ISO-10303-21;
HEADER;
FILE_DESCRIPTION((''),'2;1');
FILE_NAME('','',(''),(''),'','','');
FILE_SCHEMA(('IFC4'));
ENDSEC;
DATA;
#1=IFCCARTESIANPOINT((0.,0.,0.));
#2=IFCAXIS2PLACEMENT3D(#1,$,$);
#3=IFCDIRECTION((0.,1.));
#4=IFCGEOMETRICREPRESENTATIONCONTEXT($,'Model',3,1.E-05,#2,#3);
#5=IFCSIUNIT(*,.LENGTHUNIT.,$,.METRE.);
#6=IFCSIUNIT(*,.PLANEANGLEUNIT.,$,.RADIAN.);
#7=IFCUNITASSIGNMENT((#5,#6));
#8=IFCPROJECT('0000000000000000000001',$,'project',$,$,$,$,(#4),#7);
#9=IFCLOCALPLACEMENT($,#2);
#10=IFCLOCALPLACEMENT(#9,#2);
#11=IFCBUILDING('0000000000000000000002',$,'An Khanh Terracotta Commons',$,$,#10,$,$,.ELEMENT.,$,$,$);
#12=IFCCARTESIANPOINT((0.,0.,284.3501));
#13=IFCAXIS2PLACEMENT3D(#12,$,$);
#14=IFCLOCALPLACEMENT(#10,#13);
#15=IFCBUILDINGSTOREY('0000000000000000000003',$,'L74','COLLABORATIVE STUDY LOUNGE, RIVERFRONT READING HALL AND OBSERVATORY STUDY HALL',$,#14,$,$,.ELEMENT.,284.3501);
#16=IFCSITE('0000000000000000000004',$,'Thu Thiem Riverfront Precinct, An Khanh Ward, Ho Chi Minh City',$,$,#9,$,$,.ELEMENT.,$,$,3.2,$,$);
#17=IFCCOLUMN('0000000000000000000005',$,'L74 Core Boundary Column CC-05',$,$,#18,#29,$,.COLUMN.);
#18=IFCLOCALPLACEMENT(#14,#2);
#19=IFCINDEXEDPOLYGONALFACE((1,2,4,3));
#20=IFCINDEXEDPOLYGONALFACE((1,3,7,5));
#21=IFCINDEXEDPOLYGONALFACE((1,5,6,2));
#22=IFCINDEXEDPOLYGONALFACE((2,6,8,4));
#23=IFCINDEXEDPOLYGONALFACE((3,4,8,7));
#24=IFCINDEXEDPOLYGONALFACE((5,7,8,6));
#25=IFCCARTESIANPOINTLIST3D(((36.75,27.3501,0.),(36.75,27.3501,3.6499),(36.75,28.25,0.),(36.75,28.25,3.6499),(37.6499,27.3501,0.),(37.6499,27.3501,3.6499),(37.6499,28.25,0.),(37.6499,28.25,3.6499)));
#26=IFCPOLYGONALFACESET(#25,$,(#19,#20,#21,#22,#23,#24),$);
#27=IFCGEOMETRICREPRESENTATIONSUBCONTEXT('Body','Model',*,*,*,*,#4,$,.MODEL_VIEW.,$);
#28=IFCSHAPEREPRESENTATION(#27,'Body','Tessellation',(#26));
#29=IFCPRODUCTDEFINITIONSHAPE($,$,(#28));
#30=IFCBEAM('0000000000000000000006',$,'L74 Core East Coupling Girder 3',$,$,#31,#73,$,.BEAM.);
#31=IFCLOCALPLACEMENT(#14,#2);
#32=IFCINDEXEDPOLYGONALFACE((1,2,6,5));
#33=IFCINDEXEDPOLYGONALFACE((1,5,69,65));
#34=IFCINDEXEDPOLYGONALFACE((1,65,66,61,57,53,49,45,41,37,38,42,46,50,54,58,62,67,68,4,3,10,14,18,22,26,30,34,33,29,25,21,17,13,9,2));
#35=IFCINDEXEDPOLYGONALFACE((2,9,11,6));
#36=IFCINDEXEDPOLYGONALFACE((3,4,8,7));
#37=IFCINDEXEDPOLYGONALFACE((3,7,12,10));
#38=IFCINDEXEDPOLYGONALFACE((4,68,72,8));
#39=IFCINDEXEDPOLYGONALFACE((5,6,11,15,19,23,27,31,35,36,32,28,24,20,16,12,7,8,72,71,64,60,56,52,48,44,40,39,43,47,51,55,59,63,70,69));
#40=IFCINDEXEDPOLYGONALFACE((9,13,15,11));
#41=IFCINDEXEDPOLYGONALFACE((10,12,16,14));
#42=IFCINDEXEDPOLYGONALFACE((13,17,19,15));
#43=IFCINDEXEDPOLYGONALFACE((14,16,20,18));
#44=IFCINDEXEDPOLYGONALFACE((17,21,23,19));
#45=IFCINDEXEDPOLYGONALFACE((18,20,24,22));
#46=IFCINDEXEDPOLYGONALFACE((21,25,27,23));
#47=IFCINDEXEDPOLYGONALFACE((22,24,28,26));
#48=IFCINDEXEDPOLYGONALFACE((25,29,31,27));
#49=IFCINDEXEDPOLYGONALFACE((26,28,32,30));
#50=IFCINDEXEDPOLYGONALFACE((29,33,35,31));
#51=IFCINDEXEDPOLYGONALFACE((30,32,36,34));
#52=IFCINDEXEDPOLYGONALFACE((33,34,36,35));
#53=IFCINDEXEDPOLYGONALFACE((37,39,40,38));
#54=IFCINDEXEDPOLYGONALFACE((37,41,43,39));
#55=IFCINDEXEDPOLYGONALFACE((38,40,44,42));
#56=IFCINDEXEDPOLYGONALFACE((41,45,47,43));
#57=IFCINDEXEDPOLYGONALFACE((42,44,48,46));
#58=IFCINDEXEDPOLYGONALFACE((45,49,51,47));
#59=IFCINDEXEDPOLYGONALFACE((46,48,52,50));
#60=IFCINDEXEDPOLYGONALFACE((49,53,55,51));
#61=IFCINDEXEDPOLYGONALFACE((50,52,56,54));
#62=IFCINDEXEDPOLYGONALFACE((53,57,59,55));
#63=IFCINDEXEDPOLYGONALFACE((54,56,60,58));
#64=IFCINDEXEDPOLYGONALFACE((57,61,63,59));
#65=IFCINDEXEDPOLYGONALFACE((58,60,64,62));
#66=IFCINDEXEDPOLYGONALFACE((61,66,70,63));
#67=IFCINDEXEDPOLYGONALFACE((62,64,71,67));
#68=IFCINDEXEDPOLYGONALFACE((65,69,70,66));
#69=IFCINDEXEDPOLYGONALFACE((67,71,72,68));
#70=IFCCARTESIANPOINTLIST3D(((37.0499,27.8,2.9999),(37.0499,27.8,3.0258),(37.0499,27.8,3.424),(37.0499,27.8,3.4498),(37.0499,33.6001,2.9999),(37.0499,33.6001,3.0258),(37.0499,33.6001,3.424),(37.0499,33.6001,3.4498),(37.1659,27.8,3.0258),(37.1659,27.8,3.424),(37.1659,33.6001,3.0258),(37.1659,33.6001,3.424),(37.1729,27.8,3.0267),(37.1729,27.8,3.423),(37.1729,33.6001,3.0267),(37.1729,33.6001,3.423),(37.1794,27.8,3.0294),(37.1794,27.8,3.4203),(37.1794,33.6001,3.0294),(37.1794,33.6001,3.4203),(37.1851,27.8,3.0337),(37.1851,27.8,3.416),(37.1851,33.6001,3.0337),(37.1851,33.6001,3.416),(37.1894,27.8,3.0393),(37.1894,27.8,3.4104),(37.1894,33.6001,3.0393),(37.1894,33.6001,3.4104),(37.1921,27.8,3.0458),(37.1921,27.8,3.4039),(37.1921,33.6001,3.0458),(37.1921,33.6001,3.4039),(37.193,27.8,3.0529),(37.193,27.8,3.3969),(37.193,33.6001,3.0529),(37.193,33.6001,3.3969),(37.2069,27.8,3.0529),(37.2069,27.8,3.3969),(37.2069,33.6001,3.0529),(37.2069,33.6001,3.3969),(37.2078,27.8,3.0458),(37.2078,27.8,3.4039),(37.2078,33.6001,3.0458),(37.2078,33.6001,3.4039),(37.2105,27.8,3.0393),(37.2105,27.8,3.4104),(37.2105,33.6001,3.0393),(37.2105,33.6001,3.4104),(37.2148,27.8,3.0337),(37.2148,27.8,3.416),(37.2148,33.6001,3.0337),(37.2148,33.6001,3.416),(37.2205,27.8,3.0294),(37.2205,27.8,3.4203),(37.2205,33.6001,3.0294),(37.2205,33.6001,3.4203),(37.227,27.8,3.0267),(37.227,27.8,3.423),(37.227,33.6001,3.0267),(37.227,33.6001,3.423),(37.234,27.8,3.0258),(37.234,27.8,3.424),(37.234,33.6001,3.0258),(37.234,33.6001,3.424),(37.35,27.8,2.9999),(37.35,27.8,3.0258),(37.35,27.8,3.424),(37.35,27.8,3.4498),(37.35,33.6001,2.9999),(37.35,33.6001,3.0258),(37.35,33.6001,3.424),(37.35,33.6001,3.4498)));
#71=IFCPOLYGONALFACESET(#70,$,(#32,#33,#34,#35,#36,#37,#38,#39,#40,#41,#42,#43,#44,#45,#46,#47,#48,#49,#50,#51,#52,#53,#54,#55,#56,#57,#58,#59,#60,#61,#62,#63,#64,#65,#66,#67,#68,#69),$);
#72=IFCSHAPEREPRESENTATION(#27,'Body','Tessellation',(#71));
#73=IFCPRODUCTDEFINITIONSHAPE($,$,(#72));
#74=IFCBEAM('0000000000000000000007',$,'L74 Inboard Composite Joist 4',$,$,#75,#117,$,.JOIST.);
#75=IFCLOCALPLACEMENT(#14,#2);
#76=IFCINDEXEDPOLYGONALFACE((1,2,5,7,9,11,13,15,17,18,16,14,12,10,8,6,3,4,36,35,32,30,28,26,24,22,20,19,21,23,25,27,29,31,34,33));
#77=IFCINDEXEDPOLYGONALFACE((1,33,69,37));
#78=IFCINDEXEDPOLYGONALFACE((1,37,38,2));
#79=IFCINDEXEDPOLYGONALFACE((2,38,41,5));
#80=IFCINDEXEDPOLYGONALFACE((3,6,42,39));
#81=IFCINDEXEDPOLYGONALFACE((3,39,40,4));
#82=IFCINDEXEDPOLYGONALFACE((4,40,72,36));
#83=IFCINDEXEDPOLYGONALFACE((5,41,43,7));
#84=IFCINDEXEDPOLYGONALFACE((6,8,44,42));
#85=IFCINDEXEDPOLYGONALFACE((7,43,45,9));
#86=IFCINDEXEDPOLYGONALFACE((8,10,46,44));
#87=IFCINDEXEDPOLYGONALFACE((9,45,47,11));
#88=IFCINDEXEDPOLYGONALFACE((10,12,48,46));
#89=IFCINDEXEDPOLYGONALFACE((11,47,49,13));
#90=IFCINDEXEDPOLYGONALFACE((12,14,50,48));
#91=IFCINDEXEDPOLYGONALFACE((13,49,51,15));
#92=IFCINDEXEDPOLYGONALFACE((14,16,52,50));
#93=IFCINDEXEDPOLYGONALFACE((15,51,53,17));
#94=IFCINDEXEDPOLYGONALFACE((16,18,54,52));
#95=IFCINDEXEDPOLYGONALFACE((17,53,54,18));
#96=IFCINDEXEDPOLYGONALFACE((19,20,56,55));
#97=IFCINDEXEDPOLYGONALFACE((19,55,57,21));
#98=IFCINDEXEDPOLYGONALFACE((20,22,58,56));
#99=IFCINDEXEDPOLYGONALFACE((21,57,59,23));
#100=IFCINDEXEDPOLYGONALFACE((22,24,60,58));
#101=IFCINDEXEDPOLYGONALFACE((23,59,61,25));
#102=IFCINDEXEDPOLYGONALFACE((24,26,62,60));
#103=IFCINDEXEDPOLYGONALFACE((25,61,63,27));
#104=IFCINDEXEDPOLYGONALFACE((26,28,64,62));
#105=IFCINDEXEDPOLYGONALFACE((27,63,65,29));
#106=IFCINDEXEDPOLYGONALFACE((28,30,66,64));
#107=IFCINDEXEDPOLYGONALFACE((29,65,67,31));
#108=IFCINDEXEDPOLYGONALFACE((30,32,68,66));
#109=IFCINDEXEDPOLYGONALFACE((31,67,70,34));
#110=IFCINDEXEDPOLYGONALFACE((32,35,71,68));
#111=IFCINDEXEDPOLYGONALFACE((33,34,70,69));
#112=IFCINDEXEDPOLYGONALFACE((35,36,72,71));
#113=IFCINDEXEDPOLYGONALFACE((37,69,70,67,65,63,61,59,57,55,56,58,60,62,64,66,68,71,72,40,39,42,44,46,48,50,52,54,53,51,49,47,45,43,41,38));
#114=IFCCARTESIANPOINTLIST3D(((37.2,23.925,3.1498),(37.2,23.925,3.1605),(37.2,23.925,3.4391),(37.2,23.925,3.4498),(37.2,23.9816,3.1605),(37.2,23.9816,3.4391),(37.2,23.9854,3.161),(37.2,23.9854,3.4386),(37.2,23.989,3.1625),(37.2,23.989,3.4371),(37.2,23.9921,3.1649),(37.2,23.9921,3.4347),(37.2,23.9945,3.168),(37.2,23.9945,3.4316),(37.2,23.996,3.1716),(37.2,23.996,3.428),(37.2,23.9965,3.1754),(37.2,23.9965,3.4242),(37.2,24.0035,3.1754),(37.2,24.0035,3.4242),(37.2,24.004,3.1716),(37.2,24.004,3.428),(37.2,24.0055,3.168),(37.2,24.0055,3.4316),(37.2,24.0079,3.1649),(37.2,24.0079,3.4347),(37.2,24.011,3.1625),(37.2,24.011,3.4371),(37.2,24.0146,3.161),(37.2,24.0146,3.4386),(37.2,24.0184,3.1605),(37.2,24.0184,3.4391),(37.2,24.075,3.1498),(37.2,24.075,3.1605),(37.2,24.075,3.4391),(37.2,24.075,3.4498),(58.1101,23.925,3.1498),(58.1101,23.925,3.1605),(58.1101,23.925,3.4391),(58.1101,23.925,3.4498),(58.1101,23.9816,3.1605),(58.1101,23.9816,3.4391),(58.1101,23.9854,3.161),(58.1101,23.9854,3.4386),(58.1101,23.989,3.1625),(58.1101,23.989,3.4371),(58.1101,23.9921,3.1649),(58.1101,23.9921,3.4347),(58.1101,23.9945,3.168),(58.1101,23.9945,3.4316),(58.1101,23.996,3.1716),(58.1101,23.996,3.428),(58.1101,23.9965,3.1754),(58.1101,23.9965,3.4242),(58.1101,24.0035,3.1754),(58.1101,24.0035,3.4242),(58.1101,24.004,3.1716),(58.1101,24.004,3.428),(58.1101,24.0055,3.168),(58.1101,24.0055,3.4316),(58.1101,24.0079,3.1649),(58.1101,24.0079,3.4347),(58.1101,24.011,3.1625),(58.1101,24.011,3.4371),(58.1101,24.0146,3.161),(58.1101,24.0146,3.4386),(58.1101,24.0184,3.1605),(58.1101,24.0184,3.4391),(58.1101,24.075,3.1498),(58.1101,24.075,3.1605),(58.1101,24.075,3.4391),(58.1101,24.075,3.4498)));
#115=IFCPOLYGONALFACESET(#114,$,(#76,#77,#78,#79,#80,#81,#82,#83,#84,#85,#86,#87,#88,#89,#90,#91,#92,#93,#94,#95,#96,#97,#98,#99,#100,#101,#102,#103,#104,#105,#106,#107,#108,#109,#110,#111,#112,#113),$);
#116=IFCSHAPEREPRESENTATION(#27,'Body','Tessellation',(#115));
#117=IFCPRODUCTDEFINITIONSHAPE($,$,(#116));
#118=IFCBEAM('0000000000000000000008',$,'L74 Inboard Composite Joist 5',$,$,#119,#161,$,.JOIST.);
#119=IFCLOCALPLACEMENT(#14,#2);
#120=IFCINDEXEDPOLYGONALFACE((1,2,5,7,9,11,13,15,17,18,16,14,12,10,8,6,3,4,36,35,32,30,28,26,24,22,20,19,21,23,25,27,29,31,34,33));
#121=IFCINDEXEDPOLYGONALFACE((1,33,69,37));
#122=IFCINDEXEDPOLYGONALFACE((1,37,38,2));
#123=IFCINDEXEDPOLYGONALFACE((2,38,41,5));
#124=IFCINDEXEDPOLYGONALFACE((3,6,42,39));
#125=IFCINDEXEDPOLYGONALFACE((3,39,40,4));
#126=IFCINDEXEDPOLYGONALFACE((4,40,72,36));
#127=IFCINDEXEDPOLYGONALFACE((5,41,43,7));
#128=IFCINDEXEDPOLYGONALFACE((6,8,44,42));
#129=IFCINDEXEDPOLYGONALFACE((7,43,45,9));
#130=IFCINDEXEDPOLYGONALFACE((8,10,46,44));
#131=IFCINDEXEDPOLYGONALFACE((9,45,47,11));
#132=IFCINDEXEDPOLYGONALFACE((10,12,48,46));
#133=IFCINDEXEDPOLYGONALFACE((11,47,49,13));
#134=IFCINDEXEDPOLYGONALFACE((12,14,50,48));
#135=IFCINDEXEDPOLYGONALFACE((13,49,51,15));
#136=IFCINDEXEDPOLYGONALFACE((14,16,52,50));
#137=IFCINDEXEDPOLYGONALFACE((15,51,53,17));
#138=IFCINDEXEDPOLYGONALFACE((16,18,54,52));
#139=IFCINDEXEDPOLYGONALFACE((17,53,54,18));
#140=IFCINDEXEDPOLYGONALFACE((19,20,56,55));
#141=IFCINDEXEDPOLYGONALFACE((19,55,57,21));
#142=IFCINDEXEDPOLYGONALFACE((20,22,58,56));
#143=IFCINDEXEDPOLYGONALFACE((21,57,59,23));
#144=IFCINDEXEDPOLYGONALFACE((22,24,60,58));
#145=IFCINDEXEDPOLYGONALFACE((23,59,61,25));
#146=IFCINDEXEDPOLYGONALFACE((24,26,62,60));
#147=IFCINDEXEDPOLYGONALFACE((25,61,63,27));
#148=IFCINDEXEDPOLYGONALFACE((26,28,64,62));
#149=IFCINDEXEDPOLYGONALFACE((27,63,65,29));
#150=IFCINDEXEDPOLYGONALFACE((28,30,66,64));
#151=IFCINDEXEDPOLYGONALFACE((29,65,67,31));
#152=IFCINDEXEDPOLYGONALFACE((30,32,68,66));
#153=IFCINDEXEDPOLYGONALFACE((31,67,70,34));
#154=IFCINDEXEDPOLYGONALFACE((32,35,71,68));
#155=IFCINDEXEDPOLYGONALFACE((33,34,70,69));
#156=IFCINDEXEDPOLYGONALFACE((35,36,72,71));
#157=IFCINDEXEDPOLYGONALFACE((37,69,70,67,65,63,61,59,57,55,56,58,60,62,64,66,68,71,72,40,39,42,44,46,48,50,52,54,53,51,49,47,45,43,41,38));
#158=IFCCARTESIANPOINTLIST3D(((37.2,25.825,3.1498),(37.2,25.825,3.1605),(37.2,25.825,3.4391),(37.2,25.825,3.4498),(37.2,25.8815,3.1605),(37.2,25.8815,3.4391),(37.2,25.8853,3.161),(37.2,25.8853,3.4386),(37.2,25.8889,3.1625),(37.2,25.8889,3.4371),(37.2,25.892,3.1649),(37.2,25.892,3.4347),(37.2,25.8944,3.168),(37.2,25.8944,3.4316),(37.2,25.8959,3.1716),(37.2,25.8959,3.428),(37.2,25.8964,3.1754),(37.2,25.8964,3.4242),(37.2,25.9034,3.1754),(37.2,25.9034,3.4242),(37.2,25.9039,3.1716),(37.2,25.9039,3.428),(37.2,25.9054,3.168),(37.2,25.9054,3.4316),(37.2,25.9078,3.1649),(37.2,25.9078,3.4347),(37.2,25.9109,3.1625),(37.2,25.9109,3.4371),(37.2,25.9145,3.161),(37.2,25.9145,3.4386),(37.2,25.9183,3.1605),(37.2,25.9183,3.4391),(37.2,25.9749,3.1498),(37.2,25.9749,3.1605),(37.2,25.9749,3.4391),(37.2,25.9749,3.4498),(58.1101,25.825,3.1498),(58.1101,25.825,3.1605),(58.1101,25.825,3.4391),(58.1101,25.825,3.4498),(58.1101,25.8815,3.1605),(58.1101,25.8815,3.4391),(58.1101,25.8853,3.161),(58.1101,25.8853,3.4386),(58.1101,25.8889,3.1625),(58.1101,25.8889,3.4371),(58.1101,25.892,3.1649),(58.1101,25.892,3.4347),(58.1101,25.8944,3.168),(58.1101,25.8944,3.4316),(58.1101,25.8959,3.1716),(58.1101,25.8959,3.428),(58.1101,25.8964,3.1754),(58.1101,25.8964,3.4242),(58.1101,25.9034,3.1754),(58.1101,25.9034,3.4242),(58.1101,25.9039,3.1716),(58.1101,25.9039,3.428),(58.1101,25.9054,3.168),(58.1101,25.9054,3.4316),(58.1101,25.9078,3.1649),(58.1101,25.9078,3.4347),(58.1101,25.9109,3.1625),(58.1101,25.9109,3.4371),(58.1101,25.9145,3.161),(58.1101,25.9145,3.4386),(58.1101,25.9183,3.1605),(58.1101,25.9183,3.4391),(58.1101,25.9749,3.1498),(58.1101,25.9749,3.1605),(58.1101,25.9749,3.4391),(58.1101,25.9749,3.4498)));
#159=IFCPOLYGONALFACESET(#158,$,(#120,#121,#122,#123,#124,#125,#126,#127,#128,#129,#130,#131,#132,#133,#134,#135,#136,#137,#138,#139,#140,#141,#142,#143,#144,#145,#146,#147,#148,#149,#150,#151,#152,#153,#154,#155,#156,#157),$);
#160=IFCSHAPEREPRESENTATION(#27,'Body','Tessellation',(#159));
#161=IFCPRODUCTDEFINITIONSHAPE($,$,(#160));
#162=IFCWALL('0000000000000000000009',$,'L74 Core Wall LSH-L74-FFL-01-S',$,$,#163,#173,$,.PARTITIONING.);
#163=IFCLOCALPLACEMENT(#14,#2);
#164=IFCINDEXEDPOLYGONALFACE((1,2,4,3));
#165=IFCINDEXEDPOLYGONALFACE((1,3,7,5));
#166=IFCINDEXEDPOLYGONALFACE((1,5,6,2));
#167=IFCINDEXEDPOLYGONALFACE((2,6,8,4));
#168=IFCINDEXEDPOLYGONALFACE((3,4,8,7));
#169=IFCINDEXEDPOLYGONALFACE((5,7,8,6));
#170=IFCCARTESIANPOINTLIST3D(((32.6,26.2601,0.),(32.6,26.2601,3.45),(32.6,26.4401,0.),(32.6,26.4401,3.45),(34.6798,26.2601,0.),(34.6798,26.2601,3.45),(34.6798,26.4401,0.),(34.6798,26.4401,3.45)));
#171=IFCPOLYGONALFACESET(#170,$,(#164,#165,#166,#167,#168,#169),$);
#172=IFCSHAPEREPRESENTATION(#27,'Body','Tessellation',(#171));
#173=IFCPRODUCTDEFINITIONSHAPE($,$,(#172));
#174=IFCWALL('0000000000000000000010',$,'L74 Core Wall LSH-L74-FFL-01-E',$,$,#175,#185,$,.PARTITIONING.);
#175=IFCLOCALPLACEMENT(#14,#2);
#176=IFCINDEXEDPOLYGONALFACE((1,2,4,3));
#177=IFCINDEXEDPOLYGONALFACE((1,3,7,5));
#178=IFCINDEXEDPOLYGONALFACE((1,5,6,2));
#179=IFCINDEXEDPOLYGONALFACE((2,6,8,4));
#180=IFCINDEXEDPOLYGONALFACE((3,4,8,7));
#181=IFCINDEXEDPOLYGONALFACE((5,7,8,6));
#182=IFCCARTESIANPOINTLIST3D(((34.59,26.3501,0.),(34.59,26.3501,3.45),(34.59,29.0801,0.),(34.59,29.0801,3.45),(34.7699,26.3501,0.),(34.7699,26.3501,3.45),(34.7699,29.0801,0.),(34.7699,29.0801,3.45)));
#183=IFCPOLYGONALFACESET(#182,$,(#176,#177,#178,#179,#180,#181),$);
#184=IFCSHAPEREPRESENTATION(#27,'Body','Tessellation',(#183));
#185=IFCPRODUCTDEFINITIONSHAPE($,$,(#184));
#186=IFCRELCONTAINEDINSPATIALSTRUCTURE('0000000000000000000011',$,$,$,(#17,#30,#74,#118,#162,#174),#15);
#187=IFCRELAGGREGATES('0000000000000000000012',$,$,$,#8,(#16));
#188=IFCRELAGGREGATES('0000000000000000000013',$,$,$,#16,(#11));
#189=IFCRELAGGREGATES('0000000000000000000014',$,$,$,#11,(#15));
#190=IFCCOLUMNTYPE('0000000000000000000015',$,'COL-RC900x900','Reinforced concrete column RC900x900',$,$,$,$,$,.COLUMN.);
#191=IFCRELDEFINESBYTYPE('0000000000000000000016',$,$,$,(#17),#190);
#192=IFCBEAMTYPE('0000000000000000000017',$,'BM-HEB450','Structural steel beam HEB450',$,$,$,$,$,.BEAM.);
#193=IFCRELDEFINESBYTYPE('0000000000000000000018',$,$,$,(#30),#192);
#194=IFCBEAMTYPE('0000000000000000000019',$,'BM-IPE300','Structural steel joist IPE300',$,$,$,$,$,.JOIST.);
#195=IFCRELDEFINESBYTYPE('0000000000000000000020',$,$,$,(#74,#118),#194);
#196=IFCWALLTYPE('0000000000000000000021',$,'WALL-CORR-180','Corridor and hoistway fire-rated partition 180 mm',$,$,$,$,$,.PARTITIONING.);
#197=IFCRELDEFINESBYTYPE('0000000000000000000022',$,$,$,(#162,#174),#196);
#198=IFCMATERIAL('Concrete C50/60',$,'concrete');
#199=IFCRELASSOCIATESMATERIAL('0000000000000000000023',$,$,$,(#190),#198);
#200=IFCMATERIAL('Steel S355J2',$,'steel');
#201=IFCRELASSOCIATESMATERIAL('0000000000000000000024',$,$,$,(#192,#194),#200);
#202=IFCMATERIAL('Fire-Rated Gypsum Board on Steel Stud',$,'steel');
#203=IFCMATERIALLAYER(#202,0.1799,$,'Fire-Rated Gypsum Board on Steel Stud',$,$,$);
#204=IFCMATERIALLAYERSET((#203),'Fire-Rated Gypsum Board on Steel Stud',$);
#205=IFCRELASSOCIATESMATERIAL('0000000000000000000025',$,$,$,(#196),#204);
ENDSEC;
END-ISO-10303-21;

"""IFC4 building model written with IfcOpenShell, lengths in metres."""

from ifc_helpers import new_model, si_unit, direction, frame, frame_2d, origin, origin_2d, place, context, subcontext, project, spatial, rectangle, i_section, extrude, material, layer, layer_set, material_profile, profile_set, type_object, element, save


model = new_model("IFC4")

# Units and contexts
model_context = context("Model", 3, precision=1e-05, world=origin(), true_north=direction((0.0, 1.0)))
body_context = subcontext(model_context, "Body", "Model", "MODEL_VIEW")
ifc_project = project(units=[si_unit("LENGTHUNIT", "METRE"), si_unit("PLANEANGLEUNIT", "RADIAN")], contexts=[model_context])

# Site, building, storey
site_placement = place(None, origin())
site = spatial("IfcSite", under=ifc_project, at=site_placement, Name="Thu Thiem Riverfront Precinct, An Khanh Ward, Ho Chi Minh City", CompositionType="ELEMENT", RefElevation=3.2)
building_placement = place(site_placement, origin())
building = spatial("IfcBuilding", under=site, at=building_placement, Name="An Khanh Terracotta Commons", CompositionType="ELEMENT")
storey_placement = place(building_placement, frame((0.0, 0.0, 284.3501)))
storey = spatial("IfcBuildingStorey", under=building, at=storey_placement, Name="L74", Description="COLLABORATIVE STUDY LOUNGE, RIVERFRONT READING HALL AND OBSERVATORY STUDY HALL", CompositionType="ELEMENT", Elevation=284.3501)

# Column
ifc_material_1 = material(Name="Concrete C50/60", Category="concrete")
ifc_material_profile_1 = material_profile(ifc_material_1, rectangle(XDim=0.8999, YDim=0.8999, at=origin_2d()), Name="RC900x900")
ifc_profile_set_1 = profile_set([ifc_material_profile_1], Name="Concrete C50/60")
column_type = type_object("IfcColumnType", Name="COL-RC900x900", Description="Reinforced concrete column RC900x900", PredefinedType="COLUMN", material=ifc_profile_set_1)
column_placement = place(storey_placement, frame((37.2, 27.8, 0.0), z_axis=(0.0, 0.0, 1.0), x_axis=(1.0, 0.0, 0.0)))
element("IfcColumn", 1, at=column_placement, inside=storey, type_object=column_type, Name="L74 Core Boundary Column CC-05", PredefinedType="COLUMN", context=body_context, shape_type="SweptSolid", body=[
    extrude(rectangle(XDim=0.8999, YDim=0.8999, at=origin_2d()), origin(), (0.0, 0.0, 1.0), 3.6499),
])

# Beams
ifc_material_2 = material(Name="Steel S355J2", Category="steel")
ifc_material_profile_2 = material_profile(ifc_material_2, i_section(OverallWidth=0.3, OverallDepth=0.45, WebThickness=0.0139, FlangeThickness=0.0259, FilletRadius=0.0271, at=origin_2d()), Name="HEB450")
ifc_profile_set_2 = profile_set([ifc_material_profile_2], Name="Steel S355J2")
beam_type_1 = type_object("IfcBeamType", Name="BM-HEB450", Description="Structural steel beam HEB450", PredefinedType="BEAM", material=ifc_profile_set_2)
beam_placement = place(storey_placement, frame((37.2, 27.8, 3.2249), z_axis=(0.0, 1.0, 0.0), x_axis=(-1.0, 0.0, 0.0)))
element("IfcBeam", 2, at=beam_placement, inside=storey, type_object=beam_type_1, Name="L74 Core East Coupling Girder 3", PredefinedType="BEAM", context=body_context, shape_type="SweptSolid", body=[
    extrude(i_section(OverallWidth=0.3, OverallDepth=0.45, WebThickness=0.0139, FlangeThickness=0.0259, FilletRadius=0.0271, at=origin_2d()), origin(), (0.0, 0.0, 1.0), 5.8),
])
ifc_material_profile_3 = material_profile(ifc_material_2, i_section(OverallWidth=0.1499, OverallDepth=0.3, WebThickness=0.0071, FlangeThickness=0.0107, FilletRadius=0.0149, at=origin_2d()), Name="IPE300")
ifc_profile_set_3 = profile_set([ifc_material_profile_3], Name="Steel S355J2")
beam_type_2 = type_object("IfcBeamType", Name="BM-IPE300", Description="Structural steel joist IPE300", PredefinedType="JOIST", material=ifc_profile_set_3)
for number, where, z_axis, x_axis, name in (
    (3, (37.2, 24.0, 3.2998), (1.0, 0.0, 0.0), (0.0, 1.0, 0.0), "L74 Inboard Composite Joist 4"),
    (4, (37.2, 25.8999, 3.2998), (1.0, 0.0, 0.0), (0.0, 1.0, 0.0), "L74 Inboard Composite Joist 5"),
):
    element("IfcBeam", number, at=place(storey_placement, frame(where, z_axis=z_axis, x_axis=x_axis)), inside=storey, type_object=beam_type_2, Name=name, PredefinedType="JOIST", context=body_context, shape_type="SweptSolid", body=[
        extrude(i_section(OverallWidth=0.1499, OverallDepth=0.3, WebThickness=0.0071, FlangeThickness=0.0107, FilletRadius=0.0149, at=origin_2d()), origin(), (0.0, 0.0, 1.0), 20.9102),
    ])

# Walls
ifc_material_3 = material(Name="Fire-Rated Gypsum Board on Steel Stud", Category="steel")
ifc_layer_1 = layer(ifc_material_3, 0.1799, Name="Fire-Rated Gypsum Board on Steel Stud")
ifc_layer_set_1 = layer_set([ifc_layer_1], Name="Fire-Rated Gypsum Board on Steel Stud")
wall_type_1 = type_object("IfcWallType", Name="WALL-CORR-180", Description="Corridor and hoistway fire-rated partition 180 mm", PredefinedType="PARTITIONING", material=ifc_layer_set_1)
wall_1_placement = place(storey_placement, frame((34.6799, 26.3501, 0.0), z_axis=(0.0, 0.0, 1.0), x_axis=(-1.0, 0.0, 0.0)))
element("IfcWall", 5, at=wall_1_placement, inside=storey, type_object=wall_type_1, Name="L74 Core Wall LSH-L74-FFL-01-S", PredefinedType="PARTITIONING", context=body_context, shape_type="SweptSolid", body=[
    extrude(rectangle(XDim=2.0798, YDim=0.1799, at=frame_2d((1.04, 0.0))), origin(), (0.0, 0.0, 1.0), 3.45),
])
wall_2_placement = place(storey_placement, frame((34.6799, 26.3501, 0.0), z_axis=(0.0, 0.0, 1.0), x_axis=(0.0, 1.0, 0.0)))
element("IfcWall", 6, at=wall_2_placement, inside=storey, type_object=wall_type_1, Name="L74 Core Wall LSH-L74-FFL-01-E", PredefinedType="PARTITIONING", context=body_context, shape_type="SweptSolid", body=[
    extrude(rectangle(XDim=2.73, YDim=0.1799, at=frame_2d((1.365, 0.0))), origin(), (0.0, 0.0, 1.0), 3.45),
])

save(model, "model.ifc")
